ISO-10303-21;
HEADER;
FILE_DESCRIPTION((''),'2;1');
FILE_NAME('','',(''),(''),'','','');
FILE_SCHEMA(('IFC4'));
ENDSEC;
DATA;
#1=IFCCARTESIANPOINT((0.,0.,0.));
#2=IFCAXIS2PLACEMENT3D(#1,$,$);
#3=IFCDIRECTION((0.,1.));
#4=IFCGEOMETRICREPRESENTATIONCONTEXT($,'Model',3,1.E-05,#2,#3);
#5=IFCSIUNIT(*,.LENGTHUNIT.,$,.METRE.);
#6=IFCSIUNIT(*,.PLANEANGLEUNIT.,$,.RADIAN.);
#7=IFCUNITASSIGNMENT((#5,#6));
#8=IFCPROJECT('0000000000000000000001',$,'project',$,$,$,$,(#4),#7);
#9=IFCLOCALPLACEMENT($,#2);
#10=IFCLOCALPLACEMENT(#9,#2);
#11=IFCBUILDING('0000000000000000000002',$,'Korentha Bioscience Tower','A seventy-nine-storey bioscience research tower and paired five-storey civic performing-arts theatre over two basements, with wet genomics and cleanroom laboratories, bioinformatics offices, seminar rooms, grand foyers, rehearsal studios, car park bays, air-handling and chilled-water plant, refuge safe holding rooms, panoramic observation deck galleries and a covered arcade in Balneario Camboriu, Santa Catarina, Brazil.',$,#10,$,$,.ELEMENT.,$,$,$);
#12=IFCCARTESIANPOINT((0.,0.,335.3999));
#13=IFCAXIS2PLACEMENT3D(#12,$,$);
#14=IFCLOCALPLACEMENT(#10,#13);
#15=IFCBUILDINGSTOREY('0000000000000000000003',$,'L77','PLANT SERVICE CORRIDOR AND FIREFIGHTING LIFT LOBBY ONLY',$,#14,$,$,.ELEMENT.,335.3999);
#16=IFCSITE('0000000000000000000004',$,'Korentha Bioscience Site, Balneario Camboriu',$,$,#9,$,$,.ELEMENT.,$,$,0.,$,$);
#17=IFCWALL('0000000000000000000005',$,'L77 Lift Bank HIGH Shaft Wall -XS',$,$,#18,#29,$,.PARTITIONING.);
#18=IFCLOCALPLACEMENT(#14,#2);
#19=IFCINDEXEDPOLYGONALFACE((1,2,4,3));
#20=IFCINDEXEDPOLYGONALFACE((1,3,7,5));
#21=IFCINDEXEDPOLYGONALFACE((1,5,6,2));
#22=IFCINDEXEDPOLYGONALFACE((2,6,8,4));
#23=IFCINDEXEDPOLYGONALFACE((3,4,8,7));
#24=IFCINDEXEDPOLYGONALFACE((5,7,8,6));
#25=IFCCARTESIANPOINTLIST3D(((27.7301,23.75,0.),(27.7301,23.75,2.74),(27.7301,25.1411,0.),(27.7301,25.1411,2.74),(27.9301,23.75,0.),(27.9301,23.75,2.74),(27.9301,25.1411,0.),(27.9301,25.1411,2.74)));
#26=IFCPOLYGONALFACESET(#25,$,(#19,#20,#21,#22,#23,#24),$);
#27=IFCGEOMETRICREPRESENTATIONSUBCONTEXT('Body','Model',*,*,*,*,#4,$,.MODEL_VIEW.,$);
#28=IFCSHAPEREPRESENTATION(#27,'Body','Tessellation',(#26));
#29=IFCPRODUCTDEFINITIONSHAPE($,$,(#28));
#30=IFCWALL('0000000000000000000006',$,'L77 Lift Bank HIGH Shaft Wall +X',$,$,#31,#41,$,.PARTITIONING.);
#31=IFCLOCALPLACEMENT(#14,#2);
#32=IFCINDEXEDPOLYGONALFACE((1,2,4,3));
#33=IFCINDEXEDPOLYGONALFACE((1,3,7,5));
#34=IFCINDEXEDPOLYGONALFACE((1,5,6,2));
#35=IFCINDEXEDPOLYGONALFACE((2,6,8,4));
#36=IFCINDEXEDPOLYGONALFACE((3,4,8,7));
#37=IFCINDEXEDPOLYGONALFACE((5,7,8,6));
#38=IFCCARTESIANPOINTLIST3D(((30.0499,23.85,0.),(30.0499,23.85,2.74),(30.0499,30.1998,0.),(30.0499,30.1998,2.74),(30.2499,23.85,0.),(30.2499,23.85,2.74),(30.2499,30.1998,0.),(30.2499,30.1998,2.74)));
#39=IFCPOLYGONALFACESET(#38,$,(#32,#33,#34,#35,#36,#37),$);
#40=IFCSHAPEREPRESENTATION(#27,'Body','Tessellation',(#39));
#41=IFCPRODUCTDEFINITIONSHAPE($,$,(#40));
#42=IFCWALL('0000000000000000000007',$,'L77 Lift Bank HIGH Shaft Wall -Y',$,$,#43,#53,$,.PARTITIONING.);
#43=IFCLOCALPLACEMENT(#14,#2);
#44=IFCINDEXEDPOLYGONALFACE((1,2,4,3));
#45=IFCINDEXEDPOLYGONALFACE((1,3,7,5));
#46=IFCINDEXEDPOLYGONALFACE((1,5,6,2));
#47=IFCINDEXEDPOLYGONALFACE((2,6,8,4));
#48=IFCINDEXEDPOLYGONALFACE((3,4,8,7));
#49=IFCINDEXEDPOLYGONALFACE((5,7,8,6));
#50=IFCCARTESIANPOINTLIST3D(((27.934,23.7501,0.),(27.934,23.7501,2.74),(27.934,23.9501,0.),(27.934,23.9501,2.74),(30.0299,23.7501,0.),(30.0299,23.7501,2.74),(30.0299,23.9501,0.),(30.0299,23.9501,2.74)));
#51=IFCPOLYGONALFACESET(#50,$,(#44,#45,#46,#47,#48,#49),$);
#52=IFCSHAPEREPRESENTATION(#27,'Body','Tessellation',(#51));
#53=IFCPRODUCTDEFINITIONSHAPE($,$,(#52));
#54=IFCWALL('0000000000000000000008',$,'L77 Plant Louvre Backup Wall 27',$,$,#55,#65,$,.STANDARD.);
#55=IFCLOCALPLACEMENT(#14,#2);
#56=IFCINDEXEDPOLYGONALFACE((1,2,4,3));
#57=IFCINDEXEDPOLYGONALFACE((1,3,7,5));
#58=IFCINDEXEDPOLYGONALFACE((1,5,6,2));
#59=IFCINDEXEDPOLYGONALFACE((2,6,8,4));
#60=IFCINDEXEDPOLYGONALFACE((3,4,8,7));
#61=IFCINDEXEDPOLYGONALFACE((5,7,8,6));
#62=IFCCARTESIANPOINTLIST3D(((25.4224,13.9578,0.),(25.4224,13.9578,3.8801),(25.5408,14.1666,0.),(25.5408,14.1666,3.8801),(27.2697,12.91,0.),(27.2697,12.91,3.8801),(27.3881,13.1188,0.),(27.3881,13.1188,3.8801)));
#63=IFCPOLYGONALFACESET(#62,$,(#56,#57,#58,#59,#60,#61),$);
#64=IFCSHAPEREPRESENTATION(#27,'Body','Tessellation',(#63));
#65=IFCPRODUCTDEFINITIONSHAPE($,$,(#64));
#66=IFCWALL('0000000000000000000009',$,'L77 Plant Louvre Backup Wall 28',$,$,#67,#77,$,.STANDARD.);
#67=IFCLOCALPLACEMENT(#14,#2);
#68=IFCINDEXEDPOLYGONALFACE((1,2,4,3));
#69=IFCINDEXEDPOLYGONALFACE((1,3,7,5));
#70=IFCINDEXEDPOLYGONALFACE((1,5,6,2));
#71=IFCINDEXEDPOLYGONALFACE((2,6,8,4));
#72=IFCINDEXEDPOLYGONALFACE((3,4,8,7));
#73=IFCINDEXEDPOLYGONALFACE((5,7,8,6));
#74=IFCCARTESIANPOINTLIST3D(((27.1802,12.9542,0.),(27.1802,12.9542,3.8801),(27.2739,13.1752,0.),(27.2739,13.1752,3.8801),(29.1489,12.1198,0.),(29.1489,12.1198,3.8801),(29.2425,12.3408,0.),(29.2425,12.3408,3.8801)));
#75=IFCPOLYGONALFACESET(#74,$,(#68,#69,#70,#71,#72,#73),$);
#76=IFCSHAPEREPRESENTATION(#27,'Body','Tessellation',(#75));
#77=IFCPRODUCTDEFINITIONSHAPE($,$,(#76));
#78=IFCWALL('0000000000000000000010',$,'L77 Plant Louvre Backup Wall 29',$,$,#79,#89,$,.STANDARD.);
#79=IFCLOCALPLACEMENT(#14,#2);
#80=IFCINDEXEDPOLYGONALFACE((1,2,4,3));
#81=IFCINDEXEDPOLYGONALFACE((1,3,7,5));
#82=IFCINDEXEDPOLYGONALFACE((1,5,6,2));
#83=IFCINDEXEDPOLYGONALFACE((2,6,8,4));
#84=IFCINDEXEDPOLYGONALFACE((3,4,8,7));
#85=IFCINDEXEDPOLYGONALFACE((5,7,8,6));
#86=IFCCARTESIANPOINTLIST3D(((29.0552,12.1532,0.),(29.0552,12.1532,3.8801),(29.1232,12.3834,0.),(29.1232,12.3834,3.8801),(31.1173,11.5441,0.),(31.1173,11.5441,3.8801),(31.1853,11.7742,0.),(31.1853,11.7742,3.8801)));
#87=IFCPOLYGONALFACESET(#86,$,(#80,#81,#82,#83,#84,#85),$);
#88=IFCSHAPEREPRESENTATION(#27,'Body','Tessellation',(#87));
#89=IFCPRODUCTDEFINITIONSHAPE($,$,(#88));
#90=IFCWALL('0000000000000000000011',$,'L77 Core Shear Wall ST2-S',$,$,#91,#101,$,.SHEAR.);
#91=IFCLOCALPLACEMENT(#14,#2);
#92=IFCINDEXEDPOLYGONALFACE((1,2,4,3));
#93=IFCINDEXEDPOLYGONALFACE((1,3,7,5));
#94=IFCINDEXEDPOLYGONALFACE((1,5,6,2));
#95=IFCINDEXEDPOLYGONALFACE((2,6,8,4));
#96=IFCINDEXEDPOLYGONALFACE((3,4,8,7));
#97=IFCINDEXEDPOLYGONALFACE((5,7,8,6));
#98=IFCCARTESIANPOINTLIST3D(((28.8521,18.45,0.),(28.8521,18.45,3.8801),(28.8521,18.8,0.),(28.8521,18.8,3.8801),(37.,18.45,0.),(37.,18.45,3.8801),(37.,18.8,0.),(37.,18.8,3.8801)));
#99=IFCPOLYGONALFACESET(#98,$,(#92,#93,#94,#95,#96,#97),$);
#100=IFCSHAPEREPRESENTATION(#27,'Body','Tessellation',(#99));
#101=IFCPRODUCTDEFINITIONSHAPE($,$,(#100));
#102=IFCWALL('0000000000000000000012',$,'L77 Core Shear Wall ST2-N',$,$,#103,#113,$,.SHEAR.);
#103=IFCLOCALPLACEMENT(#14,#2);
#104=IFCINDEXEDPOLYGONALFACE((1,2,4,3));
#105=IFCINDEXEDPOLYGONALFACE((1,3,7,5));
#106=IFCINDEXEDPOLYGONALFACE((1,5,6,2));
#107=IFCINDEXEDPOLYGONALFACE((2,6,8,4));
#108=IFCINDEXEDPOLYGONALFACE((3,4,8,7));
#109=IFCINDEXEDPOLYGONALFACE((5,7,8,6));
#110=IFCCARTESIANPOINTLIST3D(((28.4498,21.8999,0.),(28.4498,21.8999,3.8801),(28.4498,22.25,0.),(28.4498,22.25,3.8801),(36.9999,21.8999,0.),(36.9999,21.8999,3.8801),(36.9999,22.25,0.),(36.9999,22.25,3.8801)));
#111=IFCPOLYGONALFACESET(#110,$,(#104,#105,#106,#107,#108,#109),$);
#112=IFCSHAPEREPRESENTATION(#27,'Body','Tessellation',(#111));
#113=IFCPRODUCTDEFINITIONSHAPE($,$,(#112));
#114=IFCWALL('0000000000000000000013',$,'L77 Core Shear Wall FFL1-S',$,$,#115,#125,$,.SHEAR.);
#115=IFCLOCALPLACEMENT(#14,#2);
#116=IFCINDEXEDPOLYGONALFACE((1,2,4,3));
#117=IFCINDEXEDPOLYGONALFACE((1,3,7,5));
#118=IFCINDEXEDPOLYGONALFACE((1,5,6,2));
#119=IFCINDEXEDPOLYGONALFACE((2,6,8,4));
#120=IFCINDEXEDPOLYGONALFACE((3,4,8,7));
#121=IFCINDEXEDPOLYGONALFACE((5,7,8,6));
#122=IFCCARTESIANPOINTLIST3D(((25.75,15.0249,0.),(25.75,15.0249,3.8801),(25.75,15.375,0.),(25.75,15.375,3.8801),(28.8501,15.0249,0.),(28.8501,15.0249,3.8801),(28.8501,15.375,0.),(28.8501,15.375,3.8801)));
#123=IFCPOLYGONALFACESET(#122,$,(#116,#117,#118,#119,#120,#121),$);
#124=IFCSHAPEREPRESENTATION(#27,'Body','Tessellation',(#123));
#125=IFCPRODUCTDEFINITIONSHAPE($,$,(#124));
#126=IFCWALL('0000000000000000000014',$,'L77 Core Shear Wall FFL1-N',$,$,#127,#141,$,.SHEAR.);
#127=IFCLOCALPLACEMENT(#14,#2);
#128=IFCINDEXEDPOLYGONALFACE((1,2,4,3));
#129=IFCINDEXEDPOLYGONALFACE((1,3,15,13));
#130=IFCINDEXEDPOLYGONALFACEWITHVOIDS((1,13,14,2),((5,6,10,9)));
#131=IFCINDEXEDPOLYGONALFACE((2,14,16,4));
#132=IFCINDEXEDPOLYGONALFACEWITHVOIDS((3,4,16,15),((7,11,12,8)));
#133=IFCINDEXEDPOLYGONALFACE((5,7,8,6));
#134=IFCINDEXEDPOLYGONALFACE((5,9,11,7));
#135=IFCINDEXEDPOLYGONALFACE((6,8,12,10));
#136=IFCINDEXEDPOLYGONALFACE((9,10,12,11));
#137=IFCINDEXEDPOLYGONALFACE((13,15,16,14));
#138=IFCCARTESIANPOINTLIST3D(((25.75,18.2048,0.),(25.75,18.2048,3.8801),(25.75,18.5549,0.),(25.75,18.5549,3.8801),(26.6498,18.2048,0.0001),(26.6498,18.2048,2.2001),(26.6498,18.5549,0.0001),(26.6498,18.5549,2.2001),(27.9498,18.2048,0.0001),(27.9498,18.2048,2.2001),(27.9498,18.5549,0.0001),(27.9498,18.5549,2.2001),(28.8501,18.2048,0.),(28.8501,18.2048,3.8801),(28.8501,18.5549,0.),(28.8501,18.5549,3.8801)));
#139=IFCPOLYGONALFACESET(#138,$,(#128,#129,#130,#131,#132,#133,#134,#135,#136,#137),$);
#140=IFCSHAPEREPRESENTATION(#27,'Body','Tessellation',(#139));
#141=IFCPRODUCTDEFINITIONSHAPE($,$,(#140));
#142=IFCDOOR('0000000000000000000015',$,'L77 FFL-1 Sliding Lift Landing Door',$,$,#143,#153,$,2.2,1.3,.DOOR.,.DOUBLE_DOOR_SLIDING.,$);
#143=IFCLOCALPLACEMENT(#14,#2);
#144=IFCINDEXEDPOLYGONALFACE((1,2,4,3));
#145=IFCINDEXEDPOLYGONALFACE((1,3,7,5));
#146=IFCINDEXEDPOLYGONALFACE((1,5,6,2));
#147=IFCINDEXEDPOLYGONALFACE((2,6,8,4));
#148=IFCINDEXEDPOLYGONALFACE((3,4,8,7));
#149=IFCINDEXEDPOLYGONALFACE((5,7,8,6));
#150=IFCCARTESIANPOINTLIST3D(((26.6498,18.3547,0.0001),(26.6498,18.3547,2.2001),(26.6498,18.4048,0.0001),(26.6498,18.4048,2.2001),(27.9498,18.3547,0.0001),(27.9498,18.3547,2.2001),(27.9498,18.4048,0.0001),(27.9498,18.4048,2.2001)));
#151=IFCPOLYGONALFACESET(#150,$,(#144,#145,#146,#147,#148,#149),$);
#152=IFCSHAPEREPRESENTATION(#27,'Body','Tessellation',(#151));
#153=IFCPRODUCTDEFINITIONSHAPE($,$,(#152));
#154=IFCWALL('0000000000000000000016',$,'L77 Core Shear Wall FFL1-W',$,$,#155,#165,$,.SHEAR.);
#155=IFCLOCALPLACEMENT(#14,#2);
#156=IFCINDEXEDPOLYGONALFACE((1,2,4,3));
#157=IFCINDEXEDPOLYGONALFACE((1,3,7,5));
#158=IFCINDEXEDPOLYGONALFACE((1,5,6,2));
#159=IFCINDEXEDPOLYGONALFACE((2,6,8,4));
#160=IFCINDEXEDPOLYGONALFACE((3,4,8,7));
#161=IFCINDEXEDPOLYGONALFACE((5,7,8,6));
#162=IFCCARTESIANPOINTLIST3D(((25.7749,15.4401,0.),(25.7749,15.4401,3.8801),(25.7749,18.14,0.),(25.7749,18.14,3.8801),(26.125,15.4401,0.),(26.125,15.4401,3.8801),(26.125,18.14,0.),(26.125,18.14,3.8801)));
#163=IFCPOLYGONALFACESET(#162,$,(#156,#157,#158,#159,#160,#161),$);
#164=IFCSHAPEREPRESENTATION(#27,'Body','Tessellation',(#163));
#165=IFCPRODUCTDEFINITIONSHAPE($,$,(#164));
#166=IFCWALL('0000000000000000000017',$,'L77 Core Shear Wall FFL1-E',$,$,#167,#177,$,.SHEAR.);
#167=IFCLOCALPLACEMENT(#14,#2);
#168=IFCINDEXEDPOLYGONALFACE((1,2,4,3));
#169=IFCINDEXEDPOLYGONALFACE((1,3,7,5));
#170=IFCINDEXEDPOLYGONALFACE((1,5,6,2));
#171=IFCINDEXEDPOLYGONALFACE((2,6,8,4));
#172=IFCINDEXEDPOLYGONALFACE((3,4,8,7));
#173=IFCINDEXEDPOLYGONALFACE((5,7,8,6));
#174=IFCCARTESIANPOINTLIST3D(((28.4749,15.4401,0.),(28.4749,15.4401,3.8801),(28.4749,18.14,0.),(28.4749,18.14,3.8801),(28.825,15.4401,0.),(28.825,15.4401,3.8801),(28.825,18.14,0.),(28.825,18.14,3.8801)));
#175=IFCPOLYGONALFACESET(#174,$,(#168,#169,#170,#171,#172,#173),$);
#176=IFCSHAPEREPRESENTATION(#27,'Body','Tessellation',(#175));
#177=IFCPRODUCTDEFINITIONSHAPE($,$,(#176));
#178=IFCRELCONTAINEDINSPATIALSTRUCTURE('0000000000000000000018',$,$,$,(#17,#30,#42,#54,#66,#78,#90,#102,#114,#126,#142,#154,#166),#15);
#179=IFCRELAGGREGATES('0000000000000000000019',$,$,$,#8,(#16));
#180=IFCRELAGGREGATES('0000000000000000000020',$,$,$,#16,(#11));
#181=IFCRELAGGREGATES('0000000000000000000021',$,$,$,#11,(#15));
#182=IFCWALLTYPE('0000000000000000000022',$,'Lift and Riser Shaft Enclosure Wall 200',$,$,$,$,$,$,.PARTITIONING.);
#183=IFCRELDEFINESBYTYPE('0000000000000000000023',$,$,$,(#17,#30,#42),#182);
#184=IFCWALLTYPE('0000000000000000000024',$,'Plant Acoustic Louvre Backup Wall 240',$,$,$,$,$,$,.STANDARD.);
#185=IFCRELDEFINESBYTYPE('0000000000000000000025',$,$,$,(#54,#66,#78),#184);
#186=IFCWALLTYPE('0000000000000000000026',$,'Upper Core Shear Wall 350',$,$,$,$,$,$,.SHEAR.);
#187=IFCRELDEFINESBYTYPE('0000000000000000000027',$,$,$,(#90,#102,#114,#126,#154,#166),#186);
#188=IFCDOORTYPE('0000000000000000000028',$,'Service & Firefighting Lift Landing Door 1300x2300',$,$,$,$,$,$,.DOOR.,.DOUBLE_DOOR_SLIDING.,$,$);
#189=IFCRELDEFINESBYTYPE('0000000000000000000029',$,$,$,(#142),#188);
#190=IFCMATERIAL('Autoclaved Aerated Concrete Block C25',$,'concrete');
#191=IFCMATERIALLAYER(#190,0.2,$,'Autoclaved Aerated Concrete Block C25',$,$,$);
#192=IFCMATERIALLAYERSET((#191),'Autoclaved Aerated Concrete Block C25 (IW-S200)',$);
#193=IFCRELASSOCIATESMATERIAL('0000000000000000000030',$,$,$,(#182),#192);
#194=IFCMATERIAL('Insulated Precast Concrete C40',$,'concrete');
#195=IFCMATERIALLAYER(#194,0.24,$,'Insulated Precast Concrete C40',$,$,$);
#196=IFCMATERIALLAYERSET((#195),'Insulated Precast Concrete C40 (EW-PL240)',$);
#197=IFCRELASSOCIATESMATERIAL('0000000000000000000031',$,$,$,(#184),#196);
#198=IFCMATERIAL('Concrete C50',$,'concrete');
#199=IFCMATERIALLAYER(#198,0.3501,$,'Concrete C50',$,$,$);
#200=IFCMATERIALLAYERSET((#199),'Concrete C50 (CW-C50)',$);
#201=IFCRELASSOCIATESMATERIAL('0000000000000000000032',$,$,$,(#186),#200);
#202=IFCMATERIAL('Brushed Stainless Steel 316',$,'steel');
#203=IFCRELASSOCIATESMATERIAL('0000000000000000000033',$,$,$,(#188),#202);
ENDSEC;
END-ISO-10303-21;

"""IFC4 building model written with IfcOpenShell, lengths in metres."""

from ifc_helpers import new_model, si_unit, direction, frame, frame_2d, origin, place, context, subcontext, project, spatial, rectangle, extrude, material, layer, layer_set, type_object, element, fill, save


model = new_model("IFC4")

# Units and contexts
model_context = context("Model", 3, precision=1e-05, world=origin(), true_north=direction((0.0, 1.0)))
body_context = subcontext(model_context, "Body", "Model", "MODEL_VIEW")
ifc_project = project(units=[si_unit("LENGTHUNIT", "METRE"), si_unit("PLANEANGLEUNIT", "RADIAN")], contexts=[model_context])

# Site, building, storey
site_placement = place(None, origin())
site = spatial("IfcSite", under=ifc_project, at=site_placement, Name="Korentha Bioscience Site, Balneario Camboriu", CompositionType="ELEMENT", RefElevation=0.0)
building_placement = place(site_placement, origin())
building = spatial("IfcBuilding", under=site, at=building_placement, Name="Korentha Bioscience Tower", Description="A seventy-nine-storey bioscience research tower and paired five-storey civic performing-arts theatre over two basements, with wet genomics and cleanroom laboratories, bioinformatics offices, seminar rooms, grand foyers, rehearsal studios, car park bays, air-handling and chilled-water plant, refuge safe holding rooms, panoramic observation deck galleries and a covered arcade in Balneario Camboriu, Santa Catarina, Brazil.", CompositionType="ELEMENT")
storey_placement = place(building_placement, frame((0.0, 0.0, 335.3999)))
storey = spatial("IfcBuildingStorey", under=building, at=storey_placement, Name="L77", Description="PLANT SERVICE CORRIDOR AND FIREFIGHTING LIFT LOBBY ONLY", CompositionType="ELEMENT", Elevation=335.3999)

# Shared definitions
ifc_material_1 = material(Name="Concrete C50", Category="concrete")

# Walls
ifc_material_2 = material(Name="Autoclaved Aerated Concrete Block C25", Category="concrete")
ifc_layer_1 = layer(ifc_material_2, 0.2, Name="Autoclaved Aerated Concrete Block C25")
ifc_layer_set_1 = layer_set([ifc_layer_1], Name="Autoclaved Aerated Concrete Block C25 (IW-S200)")
wall_type_1 = type_object("IfcWallType", Name="Lift and Riser Shaft Enclosure Wall 200", PredefinedType="PARTITIONING", material=ifc_layer_set_1)
wall_1_placement = place(storey_placement, frame((27.8301, 23.75, 0.0), z_axis=(0.0, 0.0, 1.0), x_axis=(0.0, 1.0, 0.0)))
element("IfcWall", 1, at=wall_1_placement, inside=storey, type_object=wall_type_1, Name="L77 Lift Bank HIGH Shaft Wall -XS", PredefinedType="PARTITIONING", context=body_context, shape_type="SweptSolid", body=[
    extrude(rectangle(XDim=1.3911, YDim=0.2, at=frame_2d((0.6956, 0.0))), origin(), (0.0, 0.0, 1.0), 2.74),
])
wall_2_placement = place(storey_placement, frame((30.1499, 23.8501, 0.0), z_axis=(0.0, 0.0, 1.0), x_axis=(0.0, 1.0, 0.0)))
element("IfcWall", 2, at=wall_2_placement, inside=storey, type_object=wall_type_1, Name="L77 Lift Bank HIGH Shaft Wall +X", PredefinedType="PARTITIONING", context=body_context, shape_type="SweptSolid", body=[
    extrude(rectangle(XDim=6.3499, YDim=0.2, at=frame_2d((3.1748, 0.0))), origin(), (0.0, 0.0, 1.0), 2.74),
])
wall_3_placement = place(storey_placement, frame((27.9341, 23.8501, 0.0), z_axis=(0.0, 0.0, 1.0), x_axis=(1.0, 0.0, 0.0)))
element("IfcWall", 3, at=wall_3_placement, inside=storey, type_object=wall_type_1, Name="L77 Lift Bank HIGH Shaft Wall -Y", PredefinedType="PARTITIONING", context=body_context, shape_type="SweptSolid", body=[
    extrude(rectangle(XDim=2.0959, YDim=0.2, at=frame_2d((1.0479, 0.0))), origin(), (0.0, 0.0, 1.0), 2.74),
])
ifc_material_3 = material(Name="Insulated Precast Concrete C40", Category="concrete")
ifc_layer_2 = layer(ifc_material_3, 0.24, Name="Insulated Precast Concrete C40")
ifc_layer_set_2 = layer_set([ifc_layer_2], Name="Insulated Precast Concrete C40 (EW-PL240)")
wall_type_2 = type_object("IfcWallType", Name="Plant Acoustic Louvre Backup Wall 240", PredefinedType="STANDARD", material=ifc_layer_set_2)
wall_4_placement = place(storey_placement, frame((25.4814, 14.0623, 0.0), z_axis=(0.0, 0.0, 1.0), x_axis=(0.869823, -0.493363, 0.0)))
element("IfcWall", 4, at=wall_4_placement, inside=storey, type_object=wall_type_2, Name="L77 Plant Louvre Backup Wall 27", PredefinedType="STANDARD", context=body_context, shape_type="SweptSolid", body=[
    extrude(rectangle(XDim=2.1238, YDim=0.24, at=frame_2d((1.062, 0.0))), origin(), (0.0, 0.0, 1.0), 3.8801),
])
wall_5_placement = place(storey_placement, frame((27.2271, 13.0647, 0.0), z_axis=(0.0, 0.0, 1.0), x_axis=(0.920709, -0.390251, 0.0)))
element("IfcWall", 5, at=wall_5_placement, inside=storey, type_object=wall_type_2, Name="L77 Plant Louvre Backup Wall 28", PredefinedType="STANDARD", context=body_context, shape_type="SweptSolid", body=[
    extrude(rectangle(XDim=2.1382, YDim=0.24, at=frame_2d((1.0691, 0.0))), origin(), (0.0, 0.0, 1.0), 3.8801),
])
wall_6_placement = place(storey_placement, frame((29.0891, 12.2683, 0.0), z_axis=(0.0, 0.0, 1.0), x_axis=(0.95903, -0.283303, 0.0)))
element("IfcWall", 6, at=wall_6_placement, inside=storey, type_object=wall_type_2, Name="L77 Plant Louvre Backup Wall 29", PredefinedType="STANDARD", context=body_context, shape_type="SweptSolid", body=[
    extrude(rectangle(XDim=2.1501, YDim=0.24, at=frame_2d((1.0752, 0.0))), origin(), (0.0, 0.0, 1.0), 3.8801),
])
ifc_layer_3 = layer(ifc_material_1, 0.3501, Name="Concrete C50")
ifc_layer_set_3 = layer_set([ifc_layer_3], Name="Concrete C50 (CW-C50)")
wall_type_3 = type_object("IfcWallType", Name="Upper Core Shear Wall 350", PredefinedType="SHEAR", material=ifc_layer_set_3)
wall_7_placement = place(storey_placement, frame((28.8521, 18.625, 0.0), z_axis=(0.0, 0.0, 1.0), x_axis=(1.0, 0.0, 0.0)))
element("IfcWall", 7, at=wall_7_placement, inside=storey, type_object=wall_type_3, Name="L77 Core Shear Wall ST2-S", PredefinedType="SHEAR", context=body_context, shape_type="SweptSolid", body=[
    extrude(rectangle(XDim=8.1479, YDim=0.3501, at=frame_2d((4.074, 0.0))), origin(), (0.0, 0.0, 1.0), 3.8801),
])
wall_8_placement = place(storey_placement, frame((28.45, 22.075, 0.0), z_axis=(0.0, 0.0, 1.0), x_axis=(1.0, 0.0, 0.0)))
element("IfcWall", 8, at=wall_8_placement, inside=storey, type_object=wall_type_3, Name="L77 Core Shear Wall ST2-N", PredefinedType="SHEAR", context=body_context, shape_type="SweptSolid", body=[
    extrude(rectangle(XDim=8.55, YDim=0.3501, at=frame_2d((4.2749, 0.0))), origin(), (0.0, 0.0, 1.0), 3.8801),
])

# Wall
wall_9_placement = place(storey_placement, frame((25.75, 15.2, 0.0), z_axis=(0.0, 0.0, 1.0), x_axis=(1.0, 0.0, 0.0)))
element("IfcWall", 9, at=wall_9_placement, inside=storey, type_object=wall_type_3, Name="L77 Core Shear Wall FFL1-S", PredefinedType="SHEAR", context=body_context, shape_type="SweptSolid", body=[
    extrude(rectangle(XDim=3.1001, YDim=0.3501, at=frame_2d((1.55, 0.0))), origin(), (0.0, 0.0, 1.0), 3.8801),
])

# Wall, opening, door
wall_10_placement = place(storey_placement, frame((25.75, 18.3799, 0.0), z_axis=(0.0, 0.0, 1.0), x_axis=(1.0, 0.0, 0.0)))
wall_10 = element("IfcWall", 10, at=wall_10_placement, inside=storey, type_object=wall_type_3, Name="L77 Core Shear Wall FFL1-N", PredefinedType="SHEAR", context=body_context, shape_type="SweptSolid", body=[
    extrude(rectangle(XDim=3.1001, YDim=0.3501, at=frame_2d((1.55, 0.0))), origin(), (0.0, 0.0, 1.0), 3.8801),
])
opening_1_placement = place(wall_10_placement, frame((0.8999, 0.0, 0.0)))
opening_1 = element("IfcOpeningElement", 11, at=opening_1_placement, cuts=wall_10, PredefinedType="OPENING", context=body_context, shape_type="SweptSolid", body=[
    extrude(rectangle(XDim=1.3, YDim=2.2, at=frame_2d((0.6499, 1.1001))), frame((0.0, 0.1899, 0.0), z_axis=(0.0, -1.0, 0.0), x_axis=(1.0, 0.0, 0.0)), (0.0, 0.0, 1.0), 0.3799),
])
ifc_material_4 = material(Name="Brushed Stainless Steel 316", Category="steel")
door_type_1 = type_object("IfcDoorType", Name="Service & Firefighting Lift Landing Door 1300x2300", OperationType="DOUBLE_DOOR_SLIDING", PredefinedType="DOOR", material=ifc_material_4)
door_1_placement = place(opening_1_placement, origin())
door_1 = element("IfcDoor", 12, at=door_1_placement, inside=storey, type_object=door_type_1, Name="L77 FFL-1 Sliding Lift Landing Door", OperationType="DOUBLE_DOOR_SLIDING", OverallHeight=2.2, OverallWidth=1.3, PredefinedType="DOOR", context=body_context, shape_type="SweptSolid", body=[
    extrude(rectangle(XDim=1.3, YDim=2.2, at=frame_2d((0.6499, 1.1001))), frame((0.0, 0.0249, 0.0), z_axis=(0.0, -1.0, 0.0), x_axis=(1.0, 0.0, 0.0)), (0.0, 0.0, 1.0), 0.05),
])
fill(opening_1, door_1)

# Walls
for number, where, z_axis, x_axis, name in (
    (13, (25.95, 15.4399, 0.0), (0.0, 0.0, 1.0), (0.0, 1.0, 0.0), "L77 Core Shear Wall FFL1-W"),
    (14, (28.6499, 15.4399, 0.0), (0.0, 0.0, 1.0), (0.0, 1.0, 0.0), "L77 Core Shear Wall FFL1-E"),
):
    element("IfcWall", number, at=place(storey_placement, frame(where, z_axis=z_axis, x_axis=x_axis)), inside=storey, type_object=wall_type_3, Name=name, PredefinedType="SHEAR", context=body_context, shape_type="SweptSolid", body=[
        extrude(rectangle(XDim=2.7, YDim=0.3501, at=frame_2d((1.3501, 0.0))), origin(), (0.0, 0.0, 1.0), 3.8801),
    ])

save(model, "model.ifc")
